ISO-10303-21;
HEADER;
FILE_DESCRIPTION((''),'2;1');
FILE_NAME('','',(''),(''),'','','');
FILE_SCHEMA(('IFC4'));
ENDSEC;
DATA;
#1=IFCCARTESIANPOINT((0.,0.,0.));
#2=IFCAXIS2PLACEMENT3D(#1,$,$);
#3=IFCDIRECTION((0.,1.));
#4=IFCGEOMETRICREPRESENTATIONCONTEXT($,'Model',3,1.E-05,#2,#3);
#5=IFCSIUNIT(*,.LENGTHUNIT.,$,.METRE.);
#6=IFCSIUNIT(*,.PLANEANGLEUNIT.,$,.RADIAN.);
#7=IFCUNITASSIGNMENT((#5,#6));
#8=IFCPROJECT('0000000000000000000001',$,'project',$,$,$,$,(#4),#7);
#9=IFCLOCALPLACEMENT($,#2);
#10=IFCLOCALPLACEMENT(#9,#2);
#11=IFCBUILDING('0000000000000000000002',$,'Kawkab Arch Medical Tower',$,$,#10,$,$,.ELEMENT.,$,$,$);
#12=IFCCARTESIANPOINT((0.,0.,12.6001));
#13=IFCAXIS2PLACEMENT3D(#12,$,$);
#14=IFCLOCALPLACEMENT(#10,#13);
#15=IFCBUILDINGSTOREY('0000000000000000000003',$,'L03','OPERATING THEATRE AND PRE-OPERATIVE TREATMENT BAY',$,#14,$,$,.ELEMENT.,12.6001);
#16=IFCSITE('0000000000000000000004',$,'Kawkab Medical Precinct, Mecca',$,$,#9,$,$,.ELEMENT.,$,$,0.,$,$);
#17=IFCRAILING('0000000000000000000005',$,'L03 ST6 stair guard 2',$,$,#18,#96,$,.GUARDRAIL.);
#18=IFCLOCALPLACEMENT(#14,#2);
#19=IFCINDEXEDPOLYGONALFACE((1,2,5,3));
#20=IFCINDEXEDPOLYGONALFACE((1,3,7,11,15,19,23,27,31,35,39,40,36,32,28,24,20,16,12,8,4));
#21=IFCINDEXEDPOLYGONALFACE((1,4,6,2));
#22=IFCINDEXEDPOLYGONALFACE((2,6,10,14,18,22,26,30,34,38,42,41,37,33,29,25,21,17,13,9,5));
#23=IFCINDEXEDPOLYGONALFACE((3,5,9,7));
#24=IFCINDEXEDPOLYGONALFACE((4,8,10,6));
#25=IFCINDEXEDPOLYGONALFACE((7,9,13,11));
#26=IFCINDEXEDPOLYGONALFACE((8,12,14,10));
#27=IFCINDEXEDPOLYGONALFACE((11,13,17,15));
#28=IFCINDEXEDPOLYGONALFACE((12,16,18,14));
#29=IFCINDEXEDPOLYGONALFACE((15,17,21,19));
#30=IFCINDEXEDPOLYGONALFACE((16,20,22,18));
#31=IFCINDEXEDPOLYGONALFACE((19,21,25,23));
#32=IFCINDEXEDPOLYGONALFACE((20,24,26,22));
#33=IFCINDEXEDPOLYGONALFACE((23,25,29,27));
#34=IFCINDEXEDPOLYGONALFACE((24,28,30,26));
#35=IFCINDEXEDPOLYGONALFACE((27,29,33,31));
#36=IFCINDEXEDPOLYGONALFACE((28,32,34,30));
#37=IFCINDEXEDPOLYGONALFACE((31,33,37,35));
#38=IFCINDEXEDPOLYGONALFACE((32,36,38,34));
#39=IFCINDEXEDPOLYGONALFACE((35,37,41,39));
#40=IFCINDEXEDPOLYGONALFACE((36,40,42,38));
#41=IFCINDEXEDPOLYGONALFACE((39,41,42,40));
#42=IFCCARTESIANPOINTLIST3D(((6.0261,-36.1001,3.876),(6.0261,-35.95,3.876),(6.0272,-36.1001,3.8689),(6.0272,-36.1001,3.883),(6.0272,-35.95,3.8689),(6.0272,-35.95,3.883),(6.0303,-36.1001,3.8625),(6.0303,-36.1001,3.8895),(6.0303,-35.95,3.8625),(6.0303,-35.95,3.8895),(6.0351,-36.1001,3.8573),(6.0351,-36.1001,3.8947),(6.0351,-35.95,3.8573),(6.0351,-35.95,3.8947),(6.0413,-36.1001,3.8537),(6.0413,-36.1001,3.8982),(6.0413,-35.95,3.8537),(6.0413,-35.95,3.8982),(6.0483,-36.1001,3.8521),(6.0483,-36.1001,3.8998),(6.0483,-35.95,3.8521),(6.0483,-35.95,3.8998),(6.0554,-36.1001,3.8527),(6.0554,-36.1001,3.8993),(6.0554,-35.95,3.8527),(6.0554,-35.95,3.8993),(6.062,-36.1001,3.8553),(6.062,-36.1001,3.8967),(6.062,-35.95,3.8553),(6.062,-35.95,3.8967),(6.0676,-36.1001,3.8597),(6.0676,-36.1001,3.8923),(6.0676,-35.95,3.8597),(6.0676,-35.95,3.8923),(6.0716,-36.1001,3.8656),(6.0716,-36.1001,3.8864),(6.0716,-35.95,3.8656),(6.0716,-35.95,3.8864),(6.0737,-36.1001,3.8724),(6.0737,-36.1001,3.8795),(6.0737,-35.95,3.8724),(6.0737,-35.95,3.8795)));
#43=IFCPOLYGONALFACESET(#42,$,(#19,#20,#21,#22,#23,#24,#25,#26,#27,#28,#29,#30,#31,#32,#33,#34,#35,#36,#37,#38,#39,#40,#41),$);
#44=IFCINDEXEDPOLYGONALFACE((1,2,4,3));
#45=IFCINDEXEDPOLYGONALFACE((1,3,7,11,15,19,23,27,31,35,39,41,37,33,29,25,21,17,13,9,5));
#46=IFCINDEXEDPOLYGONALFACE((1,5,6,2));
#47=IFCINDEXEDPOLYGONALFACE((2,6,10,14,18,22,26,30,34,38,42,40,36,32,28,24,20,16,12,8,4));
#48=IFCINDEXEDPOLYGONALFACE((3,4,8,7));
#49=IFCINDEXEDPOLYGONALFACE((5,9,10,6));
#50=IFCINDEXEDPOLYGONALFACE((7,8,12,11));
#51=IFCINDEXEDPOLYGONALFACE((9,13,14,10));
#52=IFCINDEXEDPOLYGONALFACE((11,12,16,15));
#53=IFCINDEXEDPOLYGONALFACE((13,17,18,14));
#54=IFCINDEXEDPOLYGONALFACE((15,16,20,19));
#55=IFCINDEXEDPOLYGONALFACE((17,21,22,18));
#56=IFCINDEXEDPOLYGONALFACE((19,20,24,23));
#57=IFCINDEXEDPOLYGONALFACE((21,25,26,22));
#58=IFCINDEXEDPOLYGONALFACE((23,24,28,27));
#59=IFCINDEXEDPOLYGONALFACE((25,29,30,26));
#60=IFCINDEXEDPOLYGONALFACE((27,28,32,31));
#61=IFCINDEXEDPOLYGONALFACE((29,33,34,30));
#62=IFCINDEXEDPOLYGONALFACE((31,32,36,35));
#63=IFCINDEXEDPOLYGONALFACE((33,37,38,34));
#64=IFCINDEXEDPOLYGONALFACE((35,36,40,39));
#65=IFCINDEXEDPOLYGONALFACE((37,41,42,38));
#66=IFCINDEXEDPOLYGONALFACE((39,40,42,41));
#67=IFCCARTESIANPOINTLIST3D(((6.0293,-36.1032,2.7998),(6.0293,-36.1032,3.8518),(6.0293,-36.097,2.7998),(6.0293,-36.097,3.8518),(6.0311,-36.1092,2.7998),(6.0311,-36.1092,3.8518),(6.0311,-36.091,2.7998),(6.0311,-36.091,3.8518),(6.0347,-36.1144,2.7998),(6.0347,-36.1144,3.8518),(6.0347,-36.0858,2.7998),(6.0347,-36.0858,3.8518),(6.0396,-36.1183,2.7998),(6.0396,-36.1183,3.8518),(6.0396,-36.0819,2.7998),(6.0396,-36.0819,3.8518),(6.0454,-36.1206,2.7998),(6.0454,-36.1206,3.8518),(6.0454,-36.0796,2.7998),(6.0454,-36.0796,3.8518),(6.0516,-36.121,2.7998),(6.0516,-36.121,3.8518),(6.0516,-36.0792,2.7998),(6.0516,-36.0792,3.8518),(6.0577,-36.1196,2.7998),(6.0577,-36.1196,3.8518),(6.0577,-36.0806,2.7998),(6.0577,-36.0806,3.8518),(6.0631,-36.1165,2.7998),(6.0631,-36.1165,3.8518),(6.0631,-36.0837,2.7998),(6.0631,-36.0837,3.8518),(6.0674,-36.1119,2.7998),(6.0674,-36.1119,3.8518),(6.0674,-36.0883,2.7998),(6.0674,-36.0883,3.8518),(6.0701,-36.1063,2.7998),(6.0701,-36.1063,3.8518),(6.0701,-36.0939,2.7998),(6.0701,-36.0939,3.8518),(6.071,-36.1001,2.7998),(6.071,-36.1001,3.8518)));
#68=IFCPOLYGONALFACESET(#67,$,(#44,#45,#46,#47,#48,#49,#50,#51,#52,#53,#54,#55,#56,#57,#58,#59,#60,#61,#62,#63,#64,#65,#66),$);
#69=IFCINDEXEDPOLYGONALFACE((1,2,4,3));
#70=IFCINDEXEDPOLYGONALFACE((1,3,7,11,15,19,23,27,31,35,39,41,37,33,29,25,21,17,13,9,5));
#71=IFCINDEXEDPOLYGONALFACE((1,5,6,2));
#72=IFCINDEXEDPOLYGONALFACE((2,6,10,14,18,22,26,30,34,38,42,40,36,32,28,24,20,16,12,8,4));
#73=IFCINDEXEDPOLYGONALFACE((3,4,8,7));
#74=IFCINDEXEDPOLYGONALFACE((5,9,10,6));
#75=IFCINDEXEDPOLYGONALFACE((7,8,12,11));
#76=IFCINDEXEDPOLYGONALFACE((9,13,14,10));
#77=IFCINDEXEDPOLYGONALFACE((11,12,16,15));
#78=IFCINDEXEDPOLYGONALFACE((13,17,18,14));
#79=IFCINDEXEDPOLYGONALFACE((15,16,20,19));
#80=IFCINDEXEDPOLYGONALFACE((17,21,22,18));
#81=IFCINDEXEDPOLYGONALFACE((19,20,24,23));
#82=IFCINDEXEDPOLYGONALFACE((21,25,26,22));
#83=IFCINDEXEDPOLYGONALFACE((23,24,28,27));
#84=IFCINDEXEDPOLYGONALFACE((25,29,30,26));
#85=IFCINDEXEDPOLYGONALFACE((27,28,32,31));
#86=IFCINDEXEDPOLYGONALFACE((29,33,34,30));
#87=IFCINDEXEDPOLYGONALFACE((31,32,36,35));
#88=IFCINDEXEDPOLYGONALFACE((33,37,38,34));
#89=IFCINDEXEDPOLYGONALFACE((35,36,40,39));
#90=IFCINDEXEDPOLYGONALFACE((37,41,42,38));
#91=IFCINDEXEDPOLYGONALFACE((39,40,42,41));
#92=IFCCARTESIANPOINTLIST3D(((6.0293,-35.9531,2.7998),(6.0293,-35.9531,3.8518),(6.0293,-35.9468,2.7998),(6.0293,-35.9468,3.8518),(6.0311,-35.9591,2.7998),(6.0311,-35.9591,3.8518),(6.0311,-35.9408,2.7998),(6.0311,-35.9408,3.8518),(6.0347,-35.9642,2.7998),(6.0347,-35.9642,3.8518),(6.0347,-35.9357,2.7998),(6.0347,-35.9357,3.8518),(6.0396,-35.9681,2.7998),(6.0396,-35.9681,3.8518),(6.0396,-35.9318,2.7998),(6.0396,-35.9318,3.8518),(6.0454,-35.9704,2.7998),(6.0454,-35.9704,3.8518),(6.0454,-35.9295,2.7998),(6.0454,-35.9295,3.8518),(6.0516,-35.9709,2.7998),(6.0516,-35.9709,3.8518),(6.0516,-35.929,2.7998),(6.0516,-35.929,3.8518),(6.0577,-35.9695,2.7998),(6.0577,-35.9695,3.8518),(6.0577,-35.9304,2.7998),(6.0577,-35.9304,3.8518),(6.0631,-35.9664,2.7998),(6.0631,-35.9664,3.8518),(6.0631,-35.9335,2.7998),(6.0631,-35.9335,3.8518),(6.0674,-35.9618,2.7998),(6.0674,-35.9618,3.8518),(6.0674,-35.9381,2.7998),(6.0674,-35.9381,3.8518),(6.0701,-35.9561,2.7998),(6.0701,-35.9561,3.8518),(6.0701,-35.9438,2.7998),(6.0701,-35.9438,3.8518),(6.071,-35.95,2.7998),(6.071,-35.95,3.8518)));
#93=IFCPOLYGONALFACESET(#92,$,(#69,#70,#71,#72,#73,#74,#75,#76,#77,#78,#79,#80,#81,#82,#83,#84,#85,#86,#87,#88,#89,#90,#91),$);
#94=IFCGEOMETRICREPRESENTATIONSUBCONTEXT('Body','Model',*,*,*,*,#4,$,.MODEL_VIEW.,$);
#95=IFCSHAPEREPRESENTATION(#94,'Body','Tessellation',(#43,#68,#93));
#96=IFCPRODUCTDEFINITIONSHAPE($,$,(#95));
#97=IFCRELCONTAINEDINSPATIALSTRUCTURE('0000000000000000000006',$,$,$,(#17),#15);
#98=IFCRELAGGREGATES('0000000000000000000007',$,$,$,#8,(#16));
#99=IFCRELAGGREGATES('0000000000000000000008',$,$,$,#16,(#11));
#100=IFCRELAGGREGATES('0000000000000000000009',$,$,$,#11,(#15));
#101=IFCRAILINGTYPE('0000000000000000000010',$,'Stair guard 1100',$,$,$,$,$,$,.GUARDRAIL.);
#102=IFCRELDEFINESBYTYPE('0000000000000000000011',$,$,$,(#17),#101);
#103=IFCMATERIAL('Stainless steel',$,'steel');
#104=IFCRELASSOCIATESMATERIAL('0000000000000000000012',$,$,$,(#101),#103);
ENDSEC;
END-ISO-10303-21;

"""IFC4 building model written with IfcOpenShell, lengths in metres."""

from ifc_helpers import new_model, si_unit, direction, frame, origin, origin_2d, place, context, subcontext, project, spatial, circle, extrude, material, type_object, element, save


model = new_model("IFC4")

# Units and contexts
model_context = context("Model", 3, precision=1e-05, world=origin(), true_north=direction((0.0, 1.0)))
body_context = subcontext(model_context, "Body", "Model", "MODEL_VIEW")
ifc_project = project(units=[si_unit("LENGTHUNIT", "METRE"), si_unit("PLANEANGLEUNIT", "RADIAN")], contexts=[model_context])

# Site, building, storey
site_placement = place(None, origin())
site = spatial("IfcSite", under=ifc_project, at=site_placement, Name="Kawkab Medical Precinct, Mecca", CompositionType="ELEMENT", RefElevation=0.0)
building_placement = place(site_placement, origin())
building = spatial("IfcBuilding", under=site, at=building_placement, Name="Kawkab Arch Medical Tower", CompositionType="ELEMENT")
storey_placement = place(building_placement, frame((0.0, 0.0, 12.6001)))
storey = spatial("IfcBuildingStorey", under=building, at=storey_placement, Name="L03", Description="OPERATING THEATRE AND PRE-OPERATIVE TREATMENT BAY", CompositionType="ELEMENT", Elevation=12.6001)

# Railing
ifc_material_1 = material(Name="Stainless steel", Category="steel")
railing_type = type_object("IfcRailingType", Name="Stair guard 1100", PredefinedType="GUARDRAIL", material=ifc_material_1)
railing_1_placement = place(storey_placement, frame((6.05, -36.1001, 2.7998)))
element("IfcRailing", 1, at=railing_1_placement, inside=storey, type_object=railing_type, Name="L03 ST6 stair guard 2", PredefinedType="GUARDRAIL", context=body_context, shape_type="SweptSolid", body=[
    extrude(circle(Radius=0.0239, at=origin_2d()), frame((0.0, 0.0, 1.0762), z_axis=(0.0, 1.0, 0.0), x_axis=(-1.0, 0.0, 0.0)), (0.0, 0.0, 1.0), 0.1501),
    extrude(circle(Radius=0.021, at=origin_2d()), origin(), (0.0, 0.0, 1.0), 1.052),
    extrude(circle(Radius=0.021, at=origin_2d()), frame((0.0, 0.1501, 0.0)), (0.0, 0.0, 1.0), 1.052),
])

save(model, "model.ifc")
